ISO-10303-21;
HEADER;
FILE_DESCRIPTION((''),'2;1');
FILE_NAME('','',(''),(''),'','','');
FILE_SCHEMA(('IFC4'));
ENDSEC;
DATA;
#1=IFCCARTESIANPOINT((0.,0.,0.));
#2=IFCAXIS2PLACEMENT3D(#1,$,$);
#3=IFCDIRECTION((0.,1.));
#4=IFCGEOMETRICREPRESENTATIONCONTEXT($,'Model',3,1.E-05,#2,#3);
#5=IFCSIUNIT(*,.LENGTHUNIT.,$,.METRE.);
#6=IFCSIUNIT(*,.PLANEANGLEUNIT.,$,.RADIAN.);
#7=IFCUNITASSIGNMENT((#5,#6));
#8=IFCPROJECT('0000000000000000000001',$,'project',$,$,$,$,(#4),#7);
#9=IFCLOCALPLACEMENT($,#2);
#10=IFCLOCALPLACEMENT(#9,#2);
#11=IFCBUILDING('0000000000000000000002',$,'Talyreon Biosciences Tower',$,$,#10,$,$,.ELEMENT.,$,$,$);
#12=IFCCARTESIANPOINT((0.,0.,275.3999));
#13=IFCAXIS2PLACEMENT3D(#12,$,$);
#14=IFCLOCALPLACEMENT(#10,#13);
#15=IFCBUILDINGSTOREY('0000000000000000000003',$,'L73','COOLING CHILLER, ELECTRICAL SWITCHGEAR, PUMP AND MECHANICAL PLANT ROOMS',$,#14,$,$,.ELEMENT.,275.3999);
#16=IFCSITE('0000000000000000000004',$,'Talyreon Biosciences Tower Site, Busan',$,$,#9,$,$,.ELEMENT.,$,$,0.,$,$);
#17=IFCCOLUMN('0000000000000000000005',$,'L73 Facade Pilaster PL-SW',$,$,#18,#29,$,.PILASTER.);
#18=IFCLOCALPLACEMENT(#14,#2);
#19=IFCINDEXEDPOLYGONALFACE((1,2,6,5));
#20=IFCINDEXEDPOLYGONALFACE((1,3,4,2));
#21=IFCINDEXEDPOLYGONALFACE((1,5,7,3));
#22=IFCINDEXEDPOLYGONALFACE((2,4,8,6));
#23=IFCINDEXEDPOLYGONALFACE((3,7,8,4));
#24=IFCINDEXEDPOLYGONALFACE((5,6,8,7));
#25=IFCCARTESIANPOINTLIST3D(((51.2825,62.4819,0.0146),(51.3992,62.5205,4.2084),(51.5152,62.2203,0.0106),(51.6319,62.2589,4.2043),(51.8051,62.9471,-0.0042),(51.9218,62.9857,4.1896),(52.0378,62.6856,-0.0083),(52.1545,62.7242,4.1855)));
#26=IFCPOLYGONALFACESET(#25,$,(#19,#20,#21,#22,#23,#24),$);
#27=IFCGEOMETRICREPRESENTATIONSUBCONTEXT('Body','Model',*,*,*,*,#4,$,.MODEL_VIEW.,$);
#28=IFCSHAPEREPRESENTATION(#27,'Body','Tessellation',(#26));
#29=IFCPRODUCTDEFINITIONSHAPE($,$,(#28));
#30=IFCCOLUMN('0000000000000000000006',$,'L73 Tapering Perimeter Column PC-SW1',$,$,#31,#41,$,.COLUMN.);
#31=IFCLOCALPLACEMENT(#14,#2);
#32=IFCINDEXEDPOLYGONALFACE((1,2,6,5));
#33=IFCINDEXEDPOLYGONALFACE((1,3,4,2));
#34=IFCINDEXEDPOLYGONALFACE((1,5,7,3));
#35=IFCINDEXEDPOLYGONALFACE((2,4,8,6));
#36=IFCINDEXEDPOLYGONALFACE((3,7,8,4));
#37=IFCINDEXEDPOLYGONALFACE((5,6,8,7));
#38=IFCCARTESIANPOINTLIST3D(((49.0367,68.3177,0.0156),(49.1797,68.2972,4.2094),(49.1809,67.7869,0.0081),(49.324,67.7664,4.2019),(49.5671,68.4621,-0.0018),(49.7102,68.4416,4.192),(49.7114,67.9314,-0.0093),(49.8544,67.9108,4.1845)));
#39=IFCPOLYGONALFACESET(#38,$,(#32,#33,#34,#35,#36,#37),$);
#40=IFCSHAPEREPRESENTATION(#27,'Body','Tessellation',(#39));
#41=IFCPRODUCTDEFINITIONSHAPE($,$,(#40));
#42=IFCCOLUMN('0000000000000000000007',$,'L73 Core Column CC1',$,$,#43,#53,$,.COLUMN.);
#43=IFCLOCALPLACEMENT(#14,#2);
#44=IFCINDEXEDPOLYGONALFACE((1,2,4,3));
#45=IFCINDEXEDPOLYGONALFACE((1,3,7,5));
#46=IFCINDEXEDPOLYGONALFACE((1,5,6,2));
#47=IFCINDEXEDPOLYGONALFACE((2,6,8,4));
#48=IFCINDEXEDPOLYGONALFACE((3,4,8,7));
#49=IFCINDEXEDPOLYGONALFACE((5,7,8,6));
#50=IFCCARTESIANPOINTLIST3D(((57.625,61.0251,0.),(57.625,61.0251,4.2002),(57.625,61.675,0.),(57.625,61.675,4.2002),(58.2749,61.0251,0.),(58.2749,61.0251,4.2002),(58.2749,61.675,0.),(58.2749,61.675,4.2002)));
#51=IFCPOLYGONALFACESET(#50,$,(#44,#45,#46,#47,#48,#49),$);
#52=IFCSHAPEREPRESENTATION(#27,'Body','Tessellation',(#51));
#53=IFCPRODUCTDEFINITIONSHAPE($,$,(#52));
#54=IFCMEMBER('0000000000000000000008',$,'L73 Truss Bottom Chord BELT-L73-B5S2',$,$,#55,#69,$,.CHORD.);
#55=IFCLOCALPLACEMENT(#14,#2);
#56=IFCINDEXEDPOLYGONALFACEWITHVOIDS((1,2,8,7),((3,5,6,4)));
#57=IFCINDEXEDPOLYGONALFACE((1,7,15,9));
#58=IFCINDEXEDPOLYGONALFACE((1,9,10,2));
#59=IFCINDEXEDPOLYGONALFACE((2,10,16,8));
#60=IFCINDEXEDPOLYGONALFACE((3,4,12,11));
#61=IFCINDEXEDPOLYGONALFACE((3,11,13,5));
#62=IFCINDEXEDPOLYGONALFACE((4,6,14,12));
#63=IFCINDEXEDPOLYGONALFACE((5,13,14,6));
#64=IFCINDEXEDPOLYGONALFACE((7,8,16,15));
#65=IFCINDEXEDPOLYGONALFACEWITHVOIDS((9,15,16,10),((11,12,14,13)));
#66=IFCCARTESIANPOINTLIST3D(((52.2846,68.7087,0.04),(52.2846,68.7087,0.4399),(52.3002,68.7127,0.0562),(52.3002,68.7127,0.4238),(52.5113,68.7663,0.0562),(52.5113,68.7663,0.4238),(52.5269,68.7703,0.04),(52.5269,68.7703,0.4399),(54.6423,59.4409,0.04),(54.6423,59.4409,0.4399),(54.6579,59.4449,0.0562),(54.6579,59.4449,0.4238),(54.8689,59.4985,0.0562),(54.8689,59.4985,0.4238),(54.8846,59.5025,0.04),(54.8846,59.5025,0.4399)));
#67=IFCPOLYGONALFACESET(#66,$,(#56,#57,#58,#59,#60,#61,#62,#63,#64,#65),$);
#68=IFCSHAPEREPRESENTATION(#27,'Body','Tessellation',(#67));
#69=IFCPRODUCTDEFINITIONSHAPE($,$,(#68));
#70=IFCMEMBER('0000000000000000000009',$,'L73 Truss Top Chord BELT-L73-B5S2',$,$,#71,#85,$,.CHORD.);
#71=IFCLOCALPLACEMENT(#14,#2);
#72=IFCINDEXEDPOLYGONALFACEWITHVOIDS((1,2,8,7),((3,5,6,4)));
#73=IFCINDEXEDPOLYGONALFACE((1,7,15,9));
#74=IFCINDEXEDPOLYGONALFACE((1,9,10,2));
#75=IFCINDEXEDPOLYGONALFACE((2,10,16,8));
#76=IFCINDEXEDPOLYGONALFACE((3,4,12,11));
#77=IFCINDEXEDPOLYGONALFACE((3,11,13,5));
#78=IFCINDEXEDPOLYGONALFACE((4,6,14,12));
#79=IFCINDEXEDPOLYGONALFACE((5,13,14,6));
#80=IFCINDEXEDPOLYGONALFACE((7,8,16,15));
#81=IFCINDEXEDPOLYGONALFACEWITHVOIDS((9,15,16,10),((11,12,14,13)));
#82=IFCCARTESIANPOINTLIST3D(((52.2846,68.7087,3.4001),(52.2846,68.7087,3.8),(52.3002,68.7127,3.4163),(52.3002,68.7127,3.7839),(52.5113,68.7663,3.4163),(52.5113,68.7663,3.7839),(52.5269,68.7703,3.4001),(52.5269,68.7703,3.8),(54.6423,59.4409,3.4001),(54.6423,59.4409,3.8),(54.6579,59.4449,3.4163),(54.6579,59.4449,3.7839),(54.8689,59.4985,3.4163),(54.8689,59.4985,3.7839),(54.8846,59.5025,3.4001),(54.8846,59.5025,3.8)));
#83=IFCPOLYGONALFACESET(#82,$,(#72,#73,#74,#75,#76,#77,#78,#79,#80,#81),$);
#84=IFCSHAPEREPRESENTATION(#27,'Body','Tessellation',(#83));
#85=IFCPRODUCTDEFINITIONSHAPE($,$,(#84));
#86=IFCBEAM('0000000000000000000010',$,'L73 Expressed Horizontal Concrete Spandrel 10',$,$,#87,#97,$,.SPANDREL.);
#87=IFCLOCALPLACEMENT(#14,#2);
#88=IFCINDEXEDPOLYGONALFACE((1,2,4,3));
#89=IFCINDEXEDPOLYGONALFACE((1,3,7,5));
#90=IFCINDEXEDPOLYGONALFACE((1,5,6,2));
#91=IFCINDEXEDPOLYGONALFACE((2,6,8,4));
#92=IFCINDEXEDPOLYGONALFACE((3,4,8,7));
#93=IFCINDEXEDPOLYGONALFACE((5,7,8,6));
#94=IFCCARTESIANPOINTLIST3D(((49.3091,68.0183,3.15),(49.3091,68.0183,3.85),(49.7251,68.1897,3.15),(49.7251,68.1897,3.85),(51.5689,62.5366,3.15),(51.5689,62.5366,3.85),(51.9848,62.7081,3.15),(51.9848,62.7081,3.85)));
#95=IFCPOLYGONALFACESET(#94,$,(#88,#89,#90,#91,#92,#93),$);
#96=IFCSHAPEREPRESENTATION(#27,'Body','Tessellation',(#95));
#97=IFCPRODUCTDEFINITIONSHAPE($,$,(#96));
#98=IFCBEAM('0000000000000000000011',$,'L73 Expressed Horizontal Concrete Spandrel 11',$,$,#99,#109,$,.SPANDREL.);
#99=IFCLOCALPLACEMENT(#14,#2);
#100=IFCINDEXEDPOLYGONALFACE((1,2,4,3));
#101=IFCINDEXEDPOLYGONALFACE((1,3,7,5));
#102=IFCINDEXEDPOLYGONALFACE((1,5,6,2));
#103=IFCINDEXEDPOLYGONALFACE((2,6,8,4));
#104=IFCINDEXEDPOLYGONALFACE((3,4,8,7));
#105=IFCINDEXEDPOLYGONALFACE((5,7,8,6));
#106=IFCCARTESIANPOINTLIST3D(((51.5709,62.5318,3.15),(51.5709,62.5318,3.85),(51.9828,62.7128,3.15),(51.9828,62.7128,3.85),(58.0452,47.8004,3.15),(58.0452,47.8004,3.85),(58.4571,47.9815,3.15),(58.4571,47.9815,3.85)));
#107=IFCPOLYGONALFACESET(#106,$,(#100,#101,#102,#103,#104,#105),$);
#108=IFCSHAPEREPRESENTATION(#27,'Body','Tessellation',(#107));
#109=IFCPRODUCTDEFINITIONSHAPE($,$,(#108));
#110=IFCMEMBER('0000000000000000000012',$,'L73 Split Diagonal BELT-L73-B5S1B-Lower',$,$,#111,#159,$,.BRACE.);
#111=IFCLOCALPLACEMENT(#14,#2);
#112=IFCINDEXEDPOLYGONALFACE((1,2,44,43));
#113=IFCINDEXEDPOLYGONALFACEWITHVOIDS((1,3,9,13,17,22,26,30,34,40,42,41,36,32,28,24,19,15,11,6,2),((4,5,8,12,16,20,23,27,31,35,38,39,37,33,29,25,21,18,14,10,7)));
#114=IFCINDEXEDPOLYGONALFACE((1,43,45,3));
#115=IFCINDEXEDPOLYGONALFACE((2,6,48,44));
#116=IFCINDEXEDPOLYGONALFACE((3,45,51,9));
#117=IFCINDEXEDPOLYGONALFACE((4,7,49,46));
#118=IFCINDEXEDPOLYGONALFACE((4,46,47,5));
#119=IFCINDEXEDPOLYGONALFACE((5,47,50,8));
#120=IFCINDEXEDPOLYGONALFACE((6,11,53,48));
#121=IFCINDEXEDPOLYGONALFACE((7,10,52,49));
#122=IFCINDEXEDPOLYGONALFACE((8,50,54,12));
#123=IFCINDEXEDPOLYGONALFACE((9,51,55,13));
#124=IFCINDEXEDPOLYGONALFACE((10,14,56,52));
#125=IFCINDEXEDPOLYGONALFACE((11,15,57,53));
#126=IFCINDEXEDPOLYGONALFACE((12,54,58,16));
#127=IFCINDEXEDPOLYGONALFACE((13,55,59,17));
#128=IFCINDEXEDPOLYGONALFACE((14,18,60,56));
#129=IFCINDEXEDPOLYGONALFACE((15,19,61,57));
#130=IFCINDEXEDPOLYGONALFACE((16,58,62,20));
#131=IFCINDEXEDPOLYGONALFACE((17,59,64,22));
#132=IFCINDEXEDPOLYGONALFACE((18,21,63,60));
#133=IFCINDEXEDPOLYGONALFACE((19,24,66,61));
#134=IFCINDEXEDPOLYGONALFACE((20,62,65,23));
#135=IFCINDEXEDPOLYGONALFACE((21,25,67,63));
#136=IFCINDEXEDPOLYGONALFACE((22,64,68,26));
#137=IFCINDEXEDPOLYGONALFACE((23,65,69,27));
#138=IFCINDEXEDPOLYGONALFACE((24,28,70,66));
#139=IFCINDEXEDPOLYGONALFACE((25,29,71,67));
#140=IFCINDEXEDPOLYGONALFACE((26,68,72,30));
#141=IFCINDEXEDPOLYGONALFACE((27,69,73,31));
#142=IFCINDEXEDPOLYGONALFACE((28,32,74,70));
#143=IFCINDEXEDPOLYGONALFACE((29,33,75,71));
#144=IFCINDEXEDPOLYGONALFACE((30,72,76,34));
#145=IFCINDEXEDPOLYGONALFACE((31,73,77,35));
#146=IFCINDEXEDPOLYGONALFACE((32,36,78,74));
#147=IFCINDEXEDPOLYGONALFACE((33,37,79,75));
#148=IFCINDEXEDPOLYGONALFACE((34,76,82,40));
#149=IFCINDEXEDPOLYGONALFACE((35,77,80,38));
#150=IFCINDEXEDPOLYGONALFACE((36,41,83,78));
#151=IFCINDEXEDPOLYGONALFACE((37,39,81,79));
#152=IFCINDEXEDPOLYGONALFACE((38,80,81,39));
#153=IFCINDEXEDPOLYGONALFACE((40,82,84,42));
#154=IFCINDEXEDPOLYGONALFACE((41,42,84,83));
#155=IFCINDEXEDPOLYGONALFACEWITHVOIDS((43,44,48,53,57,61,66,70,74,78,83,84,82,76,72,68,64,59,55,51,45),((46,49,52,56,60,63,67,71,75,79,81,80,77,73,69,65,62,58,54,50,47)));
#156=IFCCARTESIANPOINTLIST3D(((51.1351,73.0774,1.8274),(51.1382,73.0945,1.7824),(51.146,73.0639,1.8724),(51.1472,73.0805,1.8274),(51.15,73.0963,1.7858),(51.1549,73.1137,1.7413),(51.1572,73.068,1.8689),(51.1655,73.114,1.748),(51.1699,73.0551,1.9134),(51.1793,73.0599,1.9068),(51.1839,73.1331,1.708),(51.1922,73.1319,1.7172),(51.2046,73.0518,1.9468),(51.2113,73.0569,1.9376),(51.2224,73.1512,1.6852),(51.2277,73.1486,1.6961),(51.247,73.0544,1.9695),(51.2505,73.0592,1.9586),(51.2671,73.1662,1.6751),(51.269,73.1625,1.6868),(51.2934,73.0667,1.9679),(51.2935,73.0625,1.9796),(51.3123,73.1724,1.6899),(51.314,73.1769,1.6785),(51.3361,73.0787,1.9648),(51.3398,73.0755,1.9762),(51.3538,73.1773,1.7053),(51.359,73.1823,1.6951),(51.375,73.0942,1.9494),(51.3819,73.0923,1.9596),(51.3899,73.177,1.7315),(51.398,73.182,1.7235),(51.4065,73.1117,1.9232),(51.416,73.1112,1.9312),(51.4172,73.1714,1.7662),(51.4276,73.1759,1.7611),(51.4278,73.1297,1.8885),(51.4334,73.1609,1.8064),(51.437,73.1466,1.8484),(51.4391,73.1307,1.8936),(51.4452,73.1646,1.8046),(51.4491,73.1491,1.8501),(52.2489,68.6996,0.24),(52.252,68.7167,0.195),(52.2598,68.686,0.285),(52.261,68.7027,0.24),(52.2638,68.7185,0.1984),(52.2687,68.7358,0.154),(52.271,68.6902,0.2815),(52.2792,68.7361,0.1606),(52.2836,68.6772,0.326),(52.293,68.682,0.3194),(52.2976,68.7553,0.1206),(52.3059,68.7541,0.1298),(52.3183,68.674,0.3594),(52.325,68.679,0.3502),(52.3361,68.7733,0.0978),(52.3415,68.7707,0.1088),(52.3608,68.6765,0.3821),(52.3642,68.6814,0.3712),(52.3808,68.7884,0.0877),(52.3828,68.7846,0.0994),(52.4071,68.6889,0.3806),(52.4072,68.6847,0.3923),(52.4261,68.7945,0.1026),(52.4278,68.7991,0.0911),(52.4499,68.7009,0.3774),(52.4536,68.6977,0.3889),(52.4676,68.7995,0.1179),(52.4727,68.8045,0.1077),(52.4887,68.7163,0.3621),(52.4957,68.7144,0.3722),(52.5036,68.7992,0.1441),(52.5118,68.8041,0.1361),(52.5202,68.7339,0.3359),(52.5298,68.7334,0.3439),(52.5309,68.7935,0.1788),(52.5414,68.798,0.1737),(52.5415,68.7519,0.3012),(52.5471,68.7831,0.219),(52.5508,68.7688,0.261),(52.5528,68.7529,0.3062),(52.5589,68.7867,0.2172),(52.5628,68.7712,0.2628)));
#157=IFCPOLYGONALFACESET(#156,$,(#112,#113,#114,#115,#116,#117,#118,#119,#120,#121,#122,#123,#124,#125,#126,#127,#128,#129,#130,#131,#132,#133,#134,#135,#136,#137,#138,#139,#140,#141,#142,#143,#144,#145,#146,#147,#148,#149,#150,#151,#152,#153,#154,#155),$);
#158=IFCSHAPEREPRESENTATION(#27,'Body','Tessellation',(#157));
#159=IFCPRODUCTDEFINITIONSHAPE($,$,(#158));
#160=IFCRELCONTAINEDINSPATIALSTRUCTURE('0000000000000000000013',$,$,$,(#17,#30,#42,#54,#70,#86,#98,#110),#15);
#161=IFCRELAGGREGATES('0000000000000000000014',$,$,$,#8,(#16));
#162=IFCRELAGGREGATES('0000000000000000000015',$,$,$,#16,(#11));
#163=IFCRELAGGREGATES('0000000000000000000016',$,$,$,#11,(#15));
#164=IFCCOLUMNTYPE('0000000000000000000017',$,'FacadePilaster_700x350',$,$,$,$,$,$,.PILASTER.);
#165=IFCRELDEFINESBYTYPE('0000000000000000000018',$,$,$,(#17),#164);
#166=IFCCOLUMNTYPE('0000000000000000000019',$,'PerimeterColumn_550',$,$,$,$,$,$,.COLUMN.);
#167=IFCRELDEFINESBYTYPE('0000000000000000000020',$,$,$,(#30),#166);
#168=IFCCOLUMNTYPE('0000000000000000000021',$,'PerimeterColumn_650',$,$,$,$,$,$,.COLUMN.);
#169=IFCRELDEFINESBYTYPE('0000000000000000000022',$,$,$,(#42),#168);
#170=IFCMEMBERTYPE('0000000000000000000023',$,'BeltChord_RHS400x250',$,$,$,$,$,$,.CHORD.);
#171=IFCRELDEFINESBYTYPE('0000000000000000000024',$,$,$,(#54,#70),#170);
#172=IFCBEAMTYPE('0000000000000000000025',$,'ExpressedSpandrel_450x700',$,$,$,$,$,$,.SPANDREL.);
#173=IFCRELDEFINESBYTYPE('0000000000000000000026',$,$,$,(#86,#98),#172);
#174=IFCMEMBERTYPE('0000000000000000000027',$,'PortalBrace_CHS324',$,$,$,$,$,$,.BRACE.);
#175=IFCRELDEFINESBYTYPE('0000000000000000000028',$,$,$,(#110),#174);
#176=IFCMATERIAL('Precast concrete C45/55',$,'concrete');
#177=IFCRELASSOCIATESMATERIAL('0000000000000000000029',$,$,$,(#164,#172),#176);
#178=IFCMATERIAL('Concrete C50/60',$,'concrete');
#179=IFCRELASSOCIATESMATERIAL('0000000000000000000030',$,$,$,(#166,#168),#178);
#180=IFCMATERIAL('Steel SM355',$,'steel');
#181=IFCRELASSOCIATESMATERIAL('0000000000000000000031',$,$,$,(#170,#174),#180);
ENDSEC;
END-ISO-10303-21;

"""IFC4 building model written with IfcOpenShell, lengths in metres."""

from ifc_helpers import new_model, si_unit, direction, frame, origin, origin_2d, place, context, subcontext, project, spatial, rectangle, hollow_rectangle, hollow_circle, extrude, material, material_profile, profile_set, type_object, element, save


model = new_model("IFC4")

# Units and contexts
model_context = context("Model", 3, precision=1e-05, world=origin(), true_north=direction((0.0, 1.0)))
body_context = subcontext(model_context, "Body", "Model", "MODEL_VIEW")
ifc_project = project(units=[si_unit("LENGTHUNIT", "METRE"), si_unit("PLANEANGLEUNIT", "RADIAN")], contexts=[model_context])

# Site, building, storey
site_placement = place(None, origin())
site = spatial("IfcSite", under=ifc_project, at=site_placement, Name="Talyreon Biosciences Tower Site, Busan", CompositionType="ELEMENT", RefElevation=0.0)
building_placement = place(site_placement, origin())
building = spatial("IfcBuilding", under=site, at=building_placement, Name="Talyreon Biosciences Tower", CompositionType="ELEMENT")
storey_placement = place(building_placement, frame((0.0, 0.0, 275.3999)))
storey = spatial("IfcBuildingStorey", under=building, at=storey_placement, Name="L73", Description="COOLING CHILLER, ELECTRICAL SWITCHGEAR, PUMP AND MECHANICAL PLANT ROOMS", CompositionType="ELEMENT", Elevation=275.3999)

# Columns
ifc_material_1 = material(Name="Precast concrete C45/55", Category="concrete")
ifc_material_profile_1 = material_profile(ifc_material_1, rectangle(XDim=0.7, YDim=0.3501, at=origin_2d()), Name="RC 700x350")
ifc_profile_set_1 = profile_set([ifc_material_profile_1], Name="Precast concrete C45/55")
column_type_1 = type_object("IfcColumnType", Name="FacadePilaster_700x350", PredefinedType="PILASTER", material=ifc_profile_set_1)
column_1_placement = place(storey_placement, frame((51.6602, 62.5837, 0.0032), z_axis=(0.027814, 0.009194, 0.999571), x_axis=(0.746647, 0.664676, -0.02689)))
element("IfcColumn", 1, at=column_1_placement, inside=storey, type_object=column_type_1, Name="L73 Facade Pilaster PL-SW", PredefinedType="PILASTER", context=body_context, shape_type="SweptSolid", body=[
    extrude(rectangle(XDim=0.7, YDim=0.3501, at=origin_2d()), origin(), (0.0, 0.0, 1.0), 4.1956),
])
ifc_material_2 = material(Name="Concrete C50/60", Category="concrete")
ifc_material_profile_2 = material_profile(ifc_material_2, rectangle(XDim=0.55, YDim=0.55, at=origin_2d()), Name="RC 550x550")
ifc_profile_set_2 = profile_set([ifc_material_profile_2], Name="Concrete C50/60")
column_type_2 = type_object("IfcColumnType", Name="PerimeterColumn_550", PredefinedType="COLUMN", material=ifc_profile_set_2)
column_2_placement = place(storey_placement, frame((49.374, 68.1245, 0.0032), z_axis=(0.034093, -0.004887, 0.999407), x_axis=(0.964393, 0.262578, -0.031615)))
element("IfcColumn", 2, at=column_2_placement, inside=storey, type_object=column_type_2, Name="L73 Tapering Perimeter Column PC-SW1", PredefinedType="COLUMN", context=body_context, shape_type="SweptSolid", body=[
    extrude(rectangle(XDim=0.55, YDim=0.55, at=origin_2d()), origin(), (0.0, 0.0, 1.0), 4.1963),
])
ifc_material_profile_3 = material_profile(ifc_material_2, rectangle(XDim=0.6499, YDim=0.6499, at=origin_2d()), Name="RC 650x650")
ifc_profile_set_3 = profile_set([ifc_material_profile_3], Name="Concrete C50/60")
column_type_3 = type_object("IfcColumnType", Name="PerimeterColumn_650", PredefinedType="COLUMN", material=ifc_profile_set_3)
column_3_placement = place(storey_placement, frame((57.95, 61.3501, 0.0), z_axis=(0.0, 0.0, 1.0), x_axis=(1.0, 0.0, 0.0)))
element("IfcColumn", 3, at=column_3_placement, inside=storey, type_object=column_type_3, Name="L73 Core Column CC1", PredefinedType="COLUMN", context=body_context, shape_type="SweptSolid", body=[
    extrude(rectangle(XDim=0.6499, YDim=0.6499, at=origin_2d()), origin(), (0.0, 0.0, 1.0), 4.2002),
])

# Members
ifc_material_3 = material(Name="Steel SM355", Category="steel")
ifc_material_profile_4 = material_profile(ifc_material_3, hollow_rectangle(XDim=0.25, YDim=0.3999, WallThickness=0.0161, at=origin_2d()), Name="RHS 400x250x16")
ifc_profile_set_4 = profile_set([ifc_material_profile_4], Name="Steel SM355")
member_type_1 = type_object("IfcMemberType", Name="BeltChord_RHS400x250", PredefinedType="CHORD", material=ifc_profile_set_4)
for number, where, z_axis, x_axis, name in (
    (4, (52.4058, 68.7395, 0.24), (0.24654, -0.969133, 0.0), (0.969133, 0.24654, 0.0), "L73 Truss Bottom Chord BELT-L73-B5S2"),
    (5, (52.4058, 68.7395, 3.6001), (0.24654, -0.969133, 0.0), (0.969133, 0.24654, 0.0), "L73 Truss Top Chord BELT-L73-B5S2"),
):
    element("IfcMember", number, at=place(storey_placement, frame(where, z_axis=z_axis, x_axis=x_axis)), inside=storey, type_object=member_type_1, Name=name, PredefinedType="CHORD", context=body_context, shape_type="SweptSolid", body=[
        extrude(hollow_rectangle(XDim=0.25, YDim=0.3999, WallThickness=0.0161, at=origin_2d()), origin(), (0.0, 0.0, 1.0), 9.563),
    ])

# Beams
ifc_material_profile_5 = material_profile(ifc_material_1, rectangle(XDim=0.45, YDim=0.7, at=origin_2d()), Name="RCB 450x700")
ifc_profile_set_5 = profile_set([ifc_material_profile_5], Name="Precast concrete C45/55")
beam_type_1 = type_object("IfcBeamType", Name="ExpressedSpandrel_450x700", PredefinedType="SPANDREL", material=ifc_profile_set_5)
beam_1_placement = place(storey_placement, frame((49.5171, 68.104, 3.5), z_axis=(0.381125, -0.924524, 0.0), x_axis=(0.924524, 0.381125, 0.0)))
element("IfcBeam", 6, at=beam_1_placement, inside=storey, type_object=beam_type_1, Name="L73 Expressed Horizontal Concrete Spandrel 10", PredefinedType="SPANDREL", context=body_context, shape_type="SweptSolid", body=[
    extrude(rectangle(XDim=0.45, YDim=0.7, at=origin_2d()), origin(), (0.0, 0.0, 1.0), 5.9292),
])
beam_2_placement = place(storey_placement, frame((51.7769, 62.6223, 3.5), z_axis=(0.40235, -0.915486, 0.0), x_axis=(0.915486, 0.40235, 0.0)))
element("IfcBeam", 7, at=beam_2_placement, inside=storey, type_object=beam_type_1, Name="L73 Expressed Horizontal Concrete Spandrel 11", PredefinedType="SPANDREL", context=body_context, shape_type="SweptSolid", body=[
    extrude(rectangle(XDim=0.45, YDim=0.7, at=origin_2d()), origin(), (0.0, 0.0, 1.0), 16.0913),
])

# Member
ifc_material_profile_6 = material_profile(ifc_material_3, hollow_circle(Radius=0.1619, WallThickness=0.0125, at=origin_2d()), Name="CHS 323.9x12.5")
ifc_profile_set_6 = profile_set([ifc_material_profile_6], Name="Steel SM355")
member_type_2 = type_object("IfcMemberType", Name="PortalBrace_CHS324", PredefinedType="BRACE", material=ifc_profile_set_6)
member_1_placement = place(storey_placement, frame((52.4058, 68.7395, 0.24), z_axis=(-0.232608, 0.914322, 0.331526), x_axis=(-0.96913, -0.246552, 0.0)))
element("IfcMember", 8, at=member_1_placement, inside=storey, type_object=member_type_2, Name="L73 Split Diagonal BELT-L73-B5S1B-Lower", PredefinedType="BRACE", context=body_context, shape_type="SweptSolid", body=[
    extrude(hollow_circle(Radius=0.1619, WallThickness=0.0125, at=origin_2d()), origin(), (0.0, 0.0, 1.0), 4.7881),
])

save(model, "model.ifc")
